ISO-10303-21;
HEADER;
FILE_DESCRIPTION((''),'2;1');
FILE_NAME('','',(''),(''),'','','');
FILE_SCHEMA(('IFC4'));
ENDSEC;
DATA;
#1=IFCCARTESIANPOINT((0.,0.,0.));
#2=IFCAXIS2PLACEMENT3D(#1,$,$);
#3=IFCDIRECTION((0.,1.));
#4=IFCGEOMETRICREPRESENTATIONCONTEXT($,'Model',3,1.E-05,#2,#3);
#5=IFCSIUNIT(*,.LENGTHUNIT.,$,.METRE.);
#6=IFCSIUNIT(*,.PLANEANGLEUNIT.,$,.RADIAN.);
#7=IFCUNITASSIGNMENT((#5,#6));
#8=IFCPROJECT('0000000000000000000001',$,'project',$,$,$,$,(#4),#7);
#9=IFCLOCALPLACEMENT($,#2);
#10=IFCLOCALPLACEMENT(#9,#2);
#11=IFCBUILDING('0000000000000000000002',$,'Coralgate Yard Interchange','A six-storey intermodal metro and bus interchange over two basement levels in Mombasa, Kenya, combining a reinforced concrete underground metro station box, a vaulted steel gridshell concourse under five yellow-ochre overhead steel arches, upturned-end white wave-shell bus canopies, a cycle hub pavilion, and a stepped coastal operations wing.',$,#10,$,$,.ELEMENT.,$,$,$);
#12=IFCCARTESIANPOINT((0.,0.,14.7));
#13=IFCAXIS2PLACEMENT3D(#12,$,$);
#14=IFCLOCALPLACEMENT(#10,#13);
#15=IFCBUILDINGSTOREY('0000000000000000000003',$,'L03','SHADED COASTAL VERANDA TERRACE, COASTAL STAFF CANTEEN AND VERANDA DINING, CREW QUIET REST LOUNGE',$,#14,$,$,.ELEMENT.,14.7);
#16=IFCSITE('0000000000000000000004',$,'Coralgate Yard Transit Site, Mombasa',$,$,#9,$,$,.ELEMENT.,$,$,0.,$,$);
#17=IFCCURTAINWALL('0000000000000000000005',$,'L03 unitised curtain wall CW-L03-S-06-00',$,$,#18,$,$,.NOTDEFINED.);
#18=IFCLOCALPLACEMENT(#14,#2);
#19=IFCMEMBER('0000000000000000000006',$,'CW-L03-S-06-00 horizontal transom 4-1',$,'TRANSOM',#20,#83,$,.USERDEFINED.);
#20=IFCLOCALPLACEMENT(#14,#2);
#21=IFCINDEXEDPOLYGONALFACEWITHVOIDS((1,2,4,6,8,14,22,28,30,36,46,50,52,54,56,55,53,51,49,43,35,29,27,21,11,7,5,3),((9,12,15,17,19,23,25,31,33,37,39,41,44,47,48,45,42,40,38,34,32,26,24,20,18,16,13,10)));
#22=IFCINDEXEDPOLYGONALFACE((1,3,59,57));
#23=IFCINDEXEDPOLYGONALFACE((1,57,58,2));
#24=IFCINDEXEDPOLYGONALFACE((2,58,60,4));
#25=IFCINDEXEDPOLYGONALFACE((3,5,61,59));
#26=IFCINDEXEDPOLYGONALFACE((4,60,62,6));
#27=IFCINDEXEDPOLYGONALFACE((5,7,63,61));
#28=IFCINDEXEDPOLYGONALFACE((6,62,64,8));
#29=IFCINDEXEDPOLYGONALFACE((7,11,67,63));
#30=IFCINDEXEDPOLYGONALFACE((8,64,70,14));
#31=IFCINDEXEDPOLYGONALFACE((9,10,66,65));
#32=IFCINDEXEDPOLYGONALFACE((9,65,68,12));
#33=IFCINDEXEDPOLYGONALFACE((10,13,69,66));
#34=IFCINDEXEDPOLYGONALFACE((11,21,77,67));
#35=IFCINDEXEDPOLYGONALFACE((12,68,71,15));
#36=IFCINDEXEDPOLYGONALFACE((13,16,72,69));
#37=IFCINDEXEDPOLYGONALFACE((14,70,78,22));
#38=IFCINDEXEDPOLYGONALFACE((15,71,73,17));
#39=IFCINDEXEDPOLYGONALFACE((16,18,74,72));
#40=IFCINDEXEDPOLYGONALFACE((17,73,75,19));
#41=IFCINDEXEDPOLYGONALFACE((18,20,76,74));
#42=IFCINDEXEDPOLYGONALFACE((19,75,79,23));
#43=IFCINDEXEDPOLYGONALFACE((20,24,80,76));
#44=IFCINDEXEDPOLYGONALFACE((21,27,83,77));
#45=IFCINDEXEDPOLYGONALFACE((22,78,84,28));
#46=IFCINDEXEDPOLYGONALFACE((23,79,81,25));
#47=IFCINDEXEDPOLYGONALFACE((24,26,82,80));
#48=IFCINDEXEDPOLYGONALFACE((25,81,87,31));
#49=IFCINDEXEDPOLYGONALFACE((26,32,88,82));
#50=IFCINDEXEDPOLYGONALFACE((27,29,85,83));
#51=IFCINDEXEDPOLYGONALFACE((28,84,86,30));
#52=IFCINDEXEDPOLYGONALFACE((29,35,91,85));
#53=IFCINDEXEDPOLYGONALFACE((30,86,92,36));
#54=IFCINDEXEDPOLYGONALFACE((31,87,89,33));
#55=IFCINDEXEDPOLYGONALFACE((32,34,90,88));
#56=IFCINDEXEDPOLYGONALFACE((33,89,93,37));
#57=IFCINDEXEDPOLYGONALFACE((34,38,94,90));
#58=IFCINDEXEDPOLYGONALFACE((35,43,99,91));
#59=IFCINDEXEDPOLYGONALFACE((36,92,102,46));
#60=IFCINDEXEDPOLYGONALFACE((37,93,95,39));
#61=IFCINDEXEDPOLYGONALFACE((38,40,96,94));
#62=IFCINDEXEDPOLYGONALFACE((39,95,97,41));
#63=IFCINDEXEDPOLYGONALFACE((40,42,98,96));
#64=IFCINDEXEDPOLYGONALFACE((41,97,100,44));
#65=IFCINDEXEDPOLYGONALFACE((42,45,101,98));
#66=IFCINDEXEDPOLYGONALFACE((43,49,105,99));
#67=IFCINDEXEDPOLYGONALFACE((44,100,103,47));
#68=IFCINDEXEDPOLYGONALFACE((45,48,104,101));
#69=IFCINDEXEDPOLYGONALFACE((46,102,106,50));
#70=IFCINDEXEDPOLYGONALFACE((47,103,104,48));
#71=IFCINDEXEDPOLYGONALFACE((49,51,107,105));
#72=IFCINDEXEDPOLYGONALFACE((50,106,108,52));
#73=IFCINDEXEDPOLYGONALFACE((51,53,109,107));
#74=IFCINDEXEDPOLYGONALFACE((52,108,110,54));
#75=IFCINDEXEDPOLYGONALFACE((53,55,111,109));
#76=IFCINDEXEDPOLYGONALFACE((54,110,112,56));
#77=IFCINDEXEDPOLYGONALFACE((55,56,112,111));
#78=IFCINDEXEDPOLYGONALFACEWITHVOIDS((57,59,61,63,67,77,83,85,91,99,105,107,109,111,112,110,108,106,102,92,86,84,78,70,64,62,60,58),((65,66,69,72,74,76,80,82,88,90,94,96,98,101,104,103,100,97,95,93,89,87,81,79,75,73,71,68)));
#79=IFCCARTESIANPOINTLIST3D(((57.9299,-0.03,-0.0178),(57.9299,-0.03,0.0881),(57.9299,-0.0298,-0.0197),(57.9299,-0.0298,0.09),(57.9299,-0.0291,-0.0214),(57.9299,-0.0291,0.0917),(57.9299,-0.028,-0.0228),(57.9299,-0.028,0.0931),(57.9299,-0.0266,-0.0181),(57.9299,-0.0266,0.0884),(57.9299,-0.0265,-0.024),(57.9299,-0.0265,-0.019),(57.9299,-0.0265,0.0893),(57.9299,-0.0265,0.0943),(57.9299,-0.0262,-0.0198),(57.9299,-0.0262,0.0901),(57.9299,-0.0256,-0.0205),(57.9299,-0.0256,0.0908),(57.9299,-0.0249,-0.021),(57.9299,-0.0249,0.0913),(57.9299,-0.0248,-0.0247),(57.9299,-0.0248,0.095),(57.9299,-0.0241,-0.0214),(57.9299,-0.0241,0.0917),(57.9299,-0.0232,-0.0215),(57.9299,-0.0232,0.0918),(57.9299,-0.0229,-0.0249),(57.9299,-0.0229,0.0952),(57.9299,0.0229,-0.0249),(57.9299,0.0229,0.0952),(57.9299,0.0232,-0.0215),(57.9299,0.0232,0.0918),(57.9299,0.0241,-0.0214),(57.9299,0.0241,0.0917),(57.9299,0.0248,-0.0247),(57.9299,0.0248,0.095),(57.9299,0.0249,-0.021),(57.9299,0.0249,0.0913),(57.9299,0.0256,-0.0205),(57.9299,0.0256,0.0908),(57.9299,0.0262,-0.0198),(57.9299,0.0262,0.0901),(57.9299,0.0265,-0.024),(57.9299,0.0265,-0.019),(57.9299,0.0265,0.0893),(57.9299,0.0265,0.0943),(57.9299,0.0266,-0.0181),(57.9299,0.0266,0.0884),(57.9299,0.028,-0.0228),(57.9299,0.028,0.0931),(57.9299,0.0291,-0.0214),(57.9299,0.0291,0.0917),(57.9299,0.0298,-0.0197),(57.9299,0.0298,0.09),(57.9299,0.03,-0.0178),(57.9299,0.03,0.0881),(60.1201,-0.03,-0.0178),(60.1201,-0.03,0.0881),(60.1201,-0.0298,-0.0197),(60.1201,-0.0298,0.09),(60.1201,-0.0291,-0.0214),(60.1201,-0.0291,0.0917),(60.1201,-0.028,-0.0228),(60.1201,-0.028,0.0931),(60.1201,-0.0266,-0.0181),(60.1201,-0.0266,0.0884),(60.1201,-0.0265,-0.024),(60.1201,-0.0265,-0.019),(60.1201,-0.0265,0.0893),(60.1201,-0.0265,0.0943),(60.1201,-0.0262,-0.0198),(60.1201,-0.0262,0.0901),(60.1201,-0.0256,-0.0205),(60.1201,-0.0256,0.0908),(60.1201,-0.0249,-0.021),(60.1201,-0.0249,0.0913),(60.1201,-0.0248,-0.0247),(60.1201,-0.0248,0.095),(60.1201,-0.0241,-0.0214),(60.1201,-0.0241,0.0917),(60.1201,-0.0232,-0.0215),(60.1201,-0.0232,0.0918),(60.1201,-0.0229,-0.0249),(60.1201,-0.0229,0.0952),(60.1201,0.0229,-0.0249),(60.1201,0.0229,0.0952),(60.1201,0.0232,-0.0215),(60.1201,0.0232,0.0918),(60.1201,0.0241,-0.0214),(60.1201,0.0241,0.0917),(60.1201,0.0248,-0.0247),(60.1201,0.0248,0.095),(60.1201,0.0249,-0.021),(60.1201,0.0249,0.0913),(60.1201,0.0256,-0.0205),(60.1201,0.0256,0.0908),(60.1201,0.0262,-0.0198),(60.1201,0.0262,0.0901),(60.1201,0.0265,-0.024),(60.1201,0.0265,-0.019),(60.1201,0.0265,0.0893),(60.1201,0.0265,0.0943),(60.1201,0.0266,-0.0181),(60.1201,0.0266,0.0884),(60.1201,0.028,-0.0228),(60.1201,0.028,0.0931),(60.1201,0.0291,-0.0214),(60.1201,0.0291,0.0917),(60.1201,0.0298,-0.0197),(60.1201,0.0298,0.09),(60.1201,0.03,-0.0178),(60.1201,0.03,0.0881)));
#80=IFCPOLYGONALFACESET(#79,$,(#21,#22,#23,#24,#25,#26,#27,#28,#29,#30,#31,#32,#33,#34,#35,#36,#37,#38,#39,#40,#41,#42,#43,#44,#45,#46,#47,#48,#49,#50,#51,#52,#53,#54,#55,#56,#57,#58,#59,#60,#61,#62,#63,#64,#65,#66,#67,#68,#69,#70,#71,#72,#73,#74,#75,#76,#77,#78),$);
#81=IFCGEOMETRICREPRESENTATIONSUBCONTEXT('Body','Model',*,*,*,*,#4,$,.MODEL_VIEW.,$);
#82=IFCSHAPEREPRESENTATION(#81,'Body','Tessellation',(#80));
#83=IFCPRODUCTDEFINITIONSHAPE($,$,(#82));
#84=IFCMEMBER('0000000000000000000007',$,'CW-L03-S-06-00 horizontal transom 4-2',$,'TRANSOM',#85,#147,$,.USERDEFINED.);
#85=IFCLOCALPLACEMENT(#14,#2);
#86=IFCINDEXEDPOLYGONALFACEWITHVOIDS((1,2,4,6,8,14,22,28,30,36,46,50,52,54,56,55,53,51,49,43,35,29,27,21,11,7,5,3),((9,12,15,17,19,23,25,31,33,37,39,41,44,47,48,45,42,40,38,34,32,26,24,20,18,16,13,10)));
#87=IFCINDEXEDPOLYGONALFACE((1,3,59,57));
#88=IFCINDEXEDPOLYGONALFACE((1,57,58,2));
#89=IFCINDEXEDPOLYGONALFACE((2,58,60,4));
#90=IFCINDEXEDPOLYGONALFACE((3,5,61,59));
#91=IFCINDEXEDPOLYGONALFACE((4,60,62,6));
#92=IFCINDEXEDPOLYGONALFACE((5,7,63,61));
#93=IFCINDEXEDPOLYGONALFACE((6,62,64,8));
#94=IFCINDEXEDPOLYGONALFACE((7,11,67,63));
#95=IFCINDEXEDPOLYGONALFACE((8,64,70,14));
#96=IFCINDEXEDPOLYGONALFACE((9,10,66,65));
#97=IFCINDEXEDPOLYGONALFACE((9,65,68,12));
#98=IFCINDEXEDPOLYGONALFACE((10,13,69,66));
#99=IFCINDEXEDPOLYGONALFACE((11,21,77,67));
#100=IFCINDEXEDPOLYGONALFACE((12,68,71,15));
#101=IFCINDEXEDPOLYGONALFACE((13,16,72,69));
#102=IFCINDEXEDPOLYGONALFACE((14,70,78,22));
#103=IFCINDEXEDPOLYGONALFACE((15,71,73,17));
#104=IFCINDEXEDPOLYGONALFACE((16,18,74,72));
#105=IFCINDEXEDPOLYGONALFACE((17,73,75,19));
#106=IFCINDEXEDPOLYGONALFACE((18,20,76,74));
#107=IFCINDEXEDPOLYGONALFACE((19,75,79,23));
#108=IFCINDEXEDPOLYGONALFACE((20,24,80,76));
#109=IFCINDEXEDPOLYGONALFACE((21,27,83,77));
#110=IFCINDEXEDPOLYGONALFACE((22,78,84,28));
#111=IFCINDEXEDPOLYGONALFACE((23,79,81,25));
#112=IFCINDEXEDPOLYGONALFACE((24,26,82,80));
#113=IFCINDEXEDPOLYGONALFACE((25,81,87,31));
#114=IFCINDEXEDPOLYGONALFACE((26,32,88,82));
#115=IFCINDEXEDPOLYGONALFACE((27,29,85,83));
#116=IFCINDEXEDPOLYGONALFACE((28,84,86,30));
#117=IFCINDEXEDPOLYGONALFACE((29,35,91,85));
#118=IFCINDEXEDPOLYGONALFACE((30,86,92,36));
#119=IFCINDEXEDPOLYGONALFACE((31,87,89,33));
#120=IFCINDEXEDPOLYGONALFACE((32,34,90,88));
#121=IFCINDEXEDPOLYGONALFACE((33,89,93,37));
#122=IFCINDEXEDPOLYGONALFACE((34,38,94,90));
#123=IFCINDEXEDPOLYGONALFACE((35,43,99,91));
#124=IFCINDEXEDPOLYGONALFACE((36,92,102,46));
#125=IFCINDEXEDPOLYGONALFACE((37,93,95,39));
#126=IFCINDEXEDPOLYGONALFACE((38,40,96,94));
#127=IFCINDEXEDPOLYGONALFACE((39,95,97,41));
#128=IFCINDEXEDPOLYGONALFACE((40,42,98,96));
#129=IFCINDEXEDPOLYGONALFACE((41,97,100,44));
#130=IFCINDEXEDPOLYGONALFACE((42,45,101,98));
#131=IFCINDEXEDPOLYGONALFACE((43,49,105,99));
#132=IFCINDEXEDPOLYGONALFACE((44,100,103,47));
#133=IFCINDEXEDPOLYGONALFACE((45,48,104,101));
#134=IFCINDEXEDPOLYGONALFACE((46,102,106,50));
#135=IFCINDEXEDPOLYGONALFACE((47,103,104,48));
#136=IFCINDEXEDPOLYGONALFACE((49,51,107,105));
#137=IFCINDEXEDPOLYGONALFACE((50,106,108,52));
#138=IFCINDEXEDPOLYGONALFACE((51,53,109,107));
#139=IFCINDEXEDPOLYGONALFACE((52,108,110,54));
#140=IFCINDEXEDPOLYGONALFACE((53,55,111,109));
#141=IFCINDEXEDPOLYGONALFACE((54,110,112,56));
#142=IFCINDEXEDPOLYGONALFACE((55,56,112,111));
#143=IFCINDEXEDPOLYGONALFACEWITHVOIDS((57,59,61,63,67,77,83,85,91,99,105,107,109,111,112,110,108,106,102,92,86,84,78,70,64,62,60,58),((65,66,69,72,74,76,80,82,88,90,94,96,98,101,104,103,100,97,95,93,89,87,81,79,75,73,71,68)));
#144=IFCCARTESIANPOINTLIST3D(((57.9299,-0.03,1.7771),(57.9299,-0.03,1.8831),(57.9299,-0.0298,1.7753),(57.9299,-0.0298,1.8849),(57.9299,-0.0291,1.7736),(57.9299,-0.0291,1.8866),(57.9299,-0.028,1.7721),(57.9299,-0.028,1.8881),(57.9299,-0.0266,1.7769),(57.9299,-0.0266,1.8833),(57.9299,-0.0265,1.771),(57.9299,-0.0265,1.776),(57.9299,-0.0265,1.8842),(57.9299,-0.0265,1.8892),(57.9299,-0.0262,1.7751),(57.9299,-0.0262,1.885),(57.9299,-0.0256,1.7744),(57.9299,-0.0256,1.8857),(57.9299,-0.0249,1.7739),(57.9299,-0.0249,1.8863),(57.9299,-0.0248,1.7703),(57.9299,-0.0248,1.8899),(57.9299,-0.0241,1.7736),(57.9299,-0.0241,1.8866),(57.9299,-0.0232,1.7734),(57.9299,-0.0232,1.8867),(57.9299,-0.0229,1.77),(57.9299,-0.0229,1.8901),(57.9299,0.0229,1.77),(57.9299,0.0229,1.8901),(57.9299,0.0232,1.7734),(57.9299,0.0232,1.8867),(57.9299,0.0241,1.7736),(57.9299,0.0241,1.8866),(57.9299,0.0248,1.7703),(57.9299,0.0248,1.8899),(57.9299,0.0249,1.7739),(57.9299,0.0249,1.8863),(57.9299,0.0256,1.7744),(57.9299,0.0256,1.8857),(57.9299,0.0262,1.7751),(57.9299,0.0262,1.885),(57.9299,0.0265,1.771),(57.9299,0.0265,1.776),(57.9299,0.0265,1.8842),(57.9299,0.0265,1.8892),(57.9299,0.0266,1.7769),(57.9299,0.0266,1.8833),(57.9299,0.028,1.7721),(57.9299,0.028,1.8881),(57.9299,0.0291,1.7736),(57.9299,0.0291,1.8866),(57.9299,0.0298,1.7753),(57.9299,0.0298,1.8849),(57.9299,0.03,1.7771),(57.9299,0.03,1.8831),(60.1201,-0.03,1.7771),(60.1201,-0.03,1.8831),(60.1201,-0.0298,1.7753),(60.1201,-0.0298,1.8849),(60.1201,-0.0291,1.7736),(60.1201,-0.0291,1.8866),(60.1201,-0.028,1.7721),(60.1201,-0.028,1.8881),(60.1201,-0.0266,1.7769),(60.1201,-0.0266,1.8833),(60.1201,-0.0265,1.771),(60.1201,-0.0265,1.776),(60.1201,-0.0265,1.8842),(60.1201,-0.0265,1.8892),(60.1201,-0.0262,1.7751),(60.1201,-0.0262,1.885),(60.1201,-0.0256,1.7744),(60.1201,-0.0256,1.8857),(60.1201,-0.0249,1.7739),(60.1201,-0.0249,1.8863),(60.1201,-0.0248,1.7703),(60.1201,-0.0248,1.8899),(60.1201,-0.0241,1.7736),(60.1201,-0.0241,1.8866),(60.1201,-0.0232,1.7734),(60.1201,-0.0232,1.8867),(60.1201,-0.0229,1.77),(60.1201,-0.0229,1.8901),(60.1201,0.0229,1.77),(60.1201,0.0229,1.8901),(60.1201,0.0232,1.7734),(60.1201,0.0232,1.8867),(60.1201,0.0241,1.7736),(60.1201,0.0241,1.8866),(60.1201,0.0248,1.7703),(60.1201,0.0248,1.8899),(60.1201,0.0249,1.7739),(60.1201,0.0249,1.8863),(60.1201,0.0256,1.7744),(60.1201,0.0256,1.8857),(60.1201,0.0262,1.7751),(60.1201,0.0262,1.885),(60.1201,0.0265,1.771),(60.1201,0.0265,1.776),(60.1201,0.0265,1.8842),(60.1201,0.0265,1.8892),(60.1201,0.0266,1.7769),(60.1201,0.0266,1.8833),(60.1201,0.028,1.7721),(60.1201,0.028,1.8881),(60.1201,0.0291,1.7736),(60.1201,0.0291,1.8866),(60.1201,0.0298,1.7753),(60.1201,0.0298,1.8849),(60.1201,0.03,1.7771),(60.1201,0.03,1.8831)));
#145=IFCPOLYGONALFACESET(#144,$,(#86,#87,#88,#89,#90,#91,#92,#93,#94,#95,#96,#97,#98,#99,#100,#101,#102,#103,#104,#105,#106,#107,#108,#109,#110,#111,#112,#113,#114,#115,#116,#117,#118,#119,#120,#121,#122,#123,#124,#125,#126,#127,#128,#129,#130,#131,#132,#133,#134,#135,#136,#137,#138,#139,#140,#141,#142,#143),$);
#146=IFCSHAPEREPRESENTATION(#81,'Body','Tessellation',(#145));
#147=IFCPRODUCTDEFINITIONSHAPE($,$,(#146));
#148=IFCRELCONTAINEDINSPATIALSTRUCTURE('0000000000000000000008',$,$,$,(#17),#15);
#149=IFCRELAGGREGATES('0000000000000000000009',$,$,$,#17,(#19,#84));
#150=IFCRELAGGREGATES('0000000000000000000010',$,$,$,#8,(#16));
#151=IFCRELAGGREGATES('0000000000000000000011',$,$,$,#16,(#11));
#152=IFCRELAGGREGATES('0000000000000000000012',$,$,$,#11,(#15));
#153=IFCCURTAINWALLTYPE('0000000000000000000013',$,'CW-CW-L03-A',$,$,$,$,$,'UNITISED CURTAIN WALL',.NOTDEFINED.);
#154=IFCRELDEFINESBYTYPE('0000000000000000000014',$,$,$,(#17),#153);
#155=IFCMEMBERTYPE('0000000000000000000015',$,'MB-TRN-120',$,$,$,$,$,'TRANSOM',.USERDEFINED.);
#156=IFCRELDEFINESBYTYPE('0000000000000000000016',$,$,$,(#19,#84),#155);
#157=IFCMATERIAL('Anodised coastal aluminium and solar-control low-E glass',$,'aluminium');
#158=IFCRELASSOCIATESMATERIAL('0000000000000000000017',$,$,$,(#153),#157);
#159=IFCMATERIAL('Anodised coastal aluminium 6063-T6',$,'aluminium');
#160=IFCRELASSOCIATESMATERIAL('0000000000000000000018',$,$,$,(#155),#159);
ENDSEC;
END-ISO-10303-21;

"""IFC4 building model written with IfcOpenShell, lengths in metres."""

from ifc_helpers import new_model, si_unit, direction, frame, origin, origin_2d, place, context, subcontext, project, spatial, hollow_rectangle, extrude, material, material_profile, profile_set, type_object, element, aggregate, save


model = new_model("IFC4")

# Units and contexts
model_context = context("Model", 3, precision=1e-05, world=origin(), true_north=direction((0.0, 1.0)))
body_context = subcontext(model_context, "Body", "Model", "MODEL_VIEW")
ifc_project = project(units=[si_unit("LENGTHUNIT", "METRE"), si_unit("PLANEANGLEUNIT", "RADIAN")], contexts=[model_context])

# Site, building, storey
site_placement = place(None, origin())
site = spatial("IfcSite", under=ifc_project, at=site_placement, Name="Coralgate Yard Transit Site, Mombasa", CompositionType="ELEMENT", RefElevation=0.0)
building_placement = place(site_placement, origin())
building = spatial("IfcBuilding", under=site, at=building_placement, Name="Coralgate Yard Interchange", Description="A six-storey intermodal metro and bus interchange over two basement levels in Mombasa, Kenya, combining a reinforced concrete underground metro station box, a vaulted steel gridshell concourse under five yellow-ochre overhead steel arches, upturned-end white wave-shell bus canopies, a cycle hub pavilion, and a stepped coastal operations wing.", CompositionType="ELEMENT")
storey_placement = place(building_placement, frame((0.0, 0.0, 14.7)))
storey = spatial("IfcBuildingStorey", under=building, at=storey_placement, Name="L03", Description="SHADED COASTAL VERANDA TERRACE, COASTAL STAFF CANTEEN AND VERANDA DINING, CREW QUIET REST LOUNGE", CompositionType="ELEMENT", Elevation=14.7)

# Curtain wall
ifc_material_1 = material(Name="Anodised coastal aluminium and solar-control low-E glass", Category="aluminium")
curtain_wall_type = type_object("IfcCurtainWallType", Name="CW-CW-L03-A", ElementType="UNITISED CURTAIN WALL", PredefinedType="NOTDEFINED", material=ifc_material_1)
ifc_material_2 = material(Name="Anodised coastal aluminium 6063-T6", Category="aluminium")
curtain_wall_1_placement = place(storey_placement, origin())
curtain_wall_1 = element("IfcCurtainWall", 1, at=curtain_wall_1_placement, inside=storey, type_object=curtain_wall_type, Name="L03 unitised curtain wall CW-L03-S-06-00", PredefinedType="NOTDEFINED")

# Members
ifc_material_profile_1 = material_profile(ifc_material_2, hollow_rectangle(XDim=0.0601, YDim=0.1201, WallThickness=0.0034, InnerFilletRadius=0.0034, OuterFilletRadius=0.0071, at=origin_2d()), Name="ALU 60x120x3.5")
ifc_profile_set_1 = profile_set([ifc_material_profile_1], Name="Anodised coastal aluminium 6063-T6")
member_type_1 = type_object("IfcMemberType", Name="MB-TRN-120", ElementType="TRANSOM", PredefinedType="USERDEFINED", material=ifc_profile_set_1)
member_1_placement = place(storey_placement, frame((60.1201, 0.0, 0.0352), z_axis=(-1.0, 0.0, 0.0), x_axis=(0.0, -1.0, 0.0)))
member_1 = element("IfcMember", 2, at=member_1_placement, type_object=member_type_1, Name="CW-L03-S-06-00 horizontal transom 4-1", ObjectType="TRANSOM", PredefinedType="USERDEFINED", context=body_context, shape_type="SweptSolid", body=[
    extrude(hollow_rectangle(XDim=0.0601, YDim=0.1201, WallThickness=0.0034, InnerFilletRadius=0.0034, OuterFilletRadius=0.0071, at=origin_2d()), origin(), (0.0, 0.0, 1.0), 2.1902),
])
member_2_placement = place(storey_placement, frame((60.1201, 0.0, 1.8301), z_axis=(-1.0, 0.0, 0.0), x_axis=(0.0, -1.0, 0.0)))
member_2 = element("IfcMember", 3, at=member_2_placement, type_object=member_type_1, Name="CW-L03-S-06-00 horizontal transom 4-2", ObjectType="TRANSOM", PredefinedType="USERDEFINED", context=body_context, shape_type="SweptSolid", body=[
    extrude(hollow_rectangle(XDim=0.0601, YDim=0.1201, WallThickness=0.0034, InnerFilletRadius=0.0034, OuterFilletRadius=0.0071, at=origin_2d()), origin(), (0.0, 0.0, 1.0), 2.1902),
])

aggregate(curtain_wall_1, [member_1, member_2])

save(model, "model.ifc")
